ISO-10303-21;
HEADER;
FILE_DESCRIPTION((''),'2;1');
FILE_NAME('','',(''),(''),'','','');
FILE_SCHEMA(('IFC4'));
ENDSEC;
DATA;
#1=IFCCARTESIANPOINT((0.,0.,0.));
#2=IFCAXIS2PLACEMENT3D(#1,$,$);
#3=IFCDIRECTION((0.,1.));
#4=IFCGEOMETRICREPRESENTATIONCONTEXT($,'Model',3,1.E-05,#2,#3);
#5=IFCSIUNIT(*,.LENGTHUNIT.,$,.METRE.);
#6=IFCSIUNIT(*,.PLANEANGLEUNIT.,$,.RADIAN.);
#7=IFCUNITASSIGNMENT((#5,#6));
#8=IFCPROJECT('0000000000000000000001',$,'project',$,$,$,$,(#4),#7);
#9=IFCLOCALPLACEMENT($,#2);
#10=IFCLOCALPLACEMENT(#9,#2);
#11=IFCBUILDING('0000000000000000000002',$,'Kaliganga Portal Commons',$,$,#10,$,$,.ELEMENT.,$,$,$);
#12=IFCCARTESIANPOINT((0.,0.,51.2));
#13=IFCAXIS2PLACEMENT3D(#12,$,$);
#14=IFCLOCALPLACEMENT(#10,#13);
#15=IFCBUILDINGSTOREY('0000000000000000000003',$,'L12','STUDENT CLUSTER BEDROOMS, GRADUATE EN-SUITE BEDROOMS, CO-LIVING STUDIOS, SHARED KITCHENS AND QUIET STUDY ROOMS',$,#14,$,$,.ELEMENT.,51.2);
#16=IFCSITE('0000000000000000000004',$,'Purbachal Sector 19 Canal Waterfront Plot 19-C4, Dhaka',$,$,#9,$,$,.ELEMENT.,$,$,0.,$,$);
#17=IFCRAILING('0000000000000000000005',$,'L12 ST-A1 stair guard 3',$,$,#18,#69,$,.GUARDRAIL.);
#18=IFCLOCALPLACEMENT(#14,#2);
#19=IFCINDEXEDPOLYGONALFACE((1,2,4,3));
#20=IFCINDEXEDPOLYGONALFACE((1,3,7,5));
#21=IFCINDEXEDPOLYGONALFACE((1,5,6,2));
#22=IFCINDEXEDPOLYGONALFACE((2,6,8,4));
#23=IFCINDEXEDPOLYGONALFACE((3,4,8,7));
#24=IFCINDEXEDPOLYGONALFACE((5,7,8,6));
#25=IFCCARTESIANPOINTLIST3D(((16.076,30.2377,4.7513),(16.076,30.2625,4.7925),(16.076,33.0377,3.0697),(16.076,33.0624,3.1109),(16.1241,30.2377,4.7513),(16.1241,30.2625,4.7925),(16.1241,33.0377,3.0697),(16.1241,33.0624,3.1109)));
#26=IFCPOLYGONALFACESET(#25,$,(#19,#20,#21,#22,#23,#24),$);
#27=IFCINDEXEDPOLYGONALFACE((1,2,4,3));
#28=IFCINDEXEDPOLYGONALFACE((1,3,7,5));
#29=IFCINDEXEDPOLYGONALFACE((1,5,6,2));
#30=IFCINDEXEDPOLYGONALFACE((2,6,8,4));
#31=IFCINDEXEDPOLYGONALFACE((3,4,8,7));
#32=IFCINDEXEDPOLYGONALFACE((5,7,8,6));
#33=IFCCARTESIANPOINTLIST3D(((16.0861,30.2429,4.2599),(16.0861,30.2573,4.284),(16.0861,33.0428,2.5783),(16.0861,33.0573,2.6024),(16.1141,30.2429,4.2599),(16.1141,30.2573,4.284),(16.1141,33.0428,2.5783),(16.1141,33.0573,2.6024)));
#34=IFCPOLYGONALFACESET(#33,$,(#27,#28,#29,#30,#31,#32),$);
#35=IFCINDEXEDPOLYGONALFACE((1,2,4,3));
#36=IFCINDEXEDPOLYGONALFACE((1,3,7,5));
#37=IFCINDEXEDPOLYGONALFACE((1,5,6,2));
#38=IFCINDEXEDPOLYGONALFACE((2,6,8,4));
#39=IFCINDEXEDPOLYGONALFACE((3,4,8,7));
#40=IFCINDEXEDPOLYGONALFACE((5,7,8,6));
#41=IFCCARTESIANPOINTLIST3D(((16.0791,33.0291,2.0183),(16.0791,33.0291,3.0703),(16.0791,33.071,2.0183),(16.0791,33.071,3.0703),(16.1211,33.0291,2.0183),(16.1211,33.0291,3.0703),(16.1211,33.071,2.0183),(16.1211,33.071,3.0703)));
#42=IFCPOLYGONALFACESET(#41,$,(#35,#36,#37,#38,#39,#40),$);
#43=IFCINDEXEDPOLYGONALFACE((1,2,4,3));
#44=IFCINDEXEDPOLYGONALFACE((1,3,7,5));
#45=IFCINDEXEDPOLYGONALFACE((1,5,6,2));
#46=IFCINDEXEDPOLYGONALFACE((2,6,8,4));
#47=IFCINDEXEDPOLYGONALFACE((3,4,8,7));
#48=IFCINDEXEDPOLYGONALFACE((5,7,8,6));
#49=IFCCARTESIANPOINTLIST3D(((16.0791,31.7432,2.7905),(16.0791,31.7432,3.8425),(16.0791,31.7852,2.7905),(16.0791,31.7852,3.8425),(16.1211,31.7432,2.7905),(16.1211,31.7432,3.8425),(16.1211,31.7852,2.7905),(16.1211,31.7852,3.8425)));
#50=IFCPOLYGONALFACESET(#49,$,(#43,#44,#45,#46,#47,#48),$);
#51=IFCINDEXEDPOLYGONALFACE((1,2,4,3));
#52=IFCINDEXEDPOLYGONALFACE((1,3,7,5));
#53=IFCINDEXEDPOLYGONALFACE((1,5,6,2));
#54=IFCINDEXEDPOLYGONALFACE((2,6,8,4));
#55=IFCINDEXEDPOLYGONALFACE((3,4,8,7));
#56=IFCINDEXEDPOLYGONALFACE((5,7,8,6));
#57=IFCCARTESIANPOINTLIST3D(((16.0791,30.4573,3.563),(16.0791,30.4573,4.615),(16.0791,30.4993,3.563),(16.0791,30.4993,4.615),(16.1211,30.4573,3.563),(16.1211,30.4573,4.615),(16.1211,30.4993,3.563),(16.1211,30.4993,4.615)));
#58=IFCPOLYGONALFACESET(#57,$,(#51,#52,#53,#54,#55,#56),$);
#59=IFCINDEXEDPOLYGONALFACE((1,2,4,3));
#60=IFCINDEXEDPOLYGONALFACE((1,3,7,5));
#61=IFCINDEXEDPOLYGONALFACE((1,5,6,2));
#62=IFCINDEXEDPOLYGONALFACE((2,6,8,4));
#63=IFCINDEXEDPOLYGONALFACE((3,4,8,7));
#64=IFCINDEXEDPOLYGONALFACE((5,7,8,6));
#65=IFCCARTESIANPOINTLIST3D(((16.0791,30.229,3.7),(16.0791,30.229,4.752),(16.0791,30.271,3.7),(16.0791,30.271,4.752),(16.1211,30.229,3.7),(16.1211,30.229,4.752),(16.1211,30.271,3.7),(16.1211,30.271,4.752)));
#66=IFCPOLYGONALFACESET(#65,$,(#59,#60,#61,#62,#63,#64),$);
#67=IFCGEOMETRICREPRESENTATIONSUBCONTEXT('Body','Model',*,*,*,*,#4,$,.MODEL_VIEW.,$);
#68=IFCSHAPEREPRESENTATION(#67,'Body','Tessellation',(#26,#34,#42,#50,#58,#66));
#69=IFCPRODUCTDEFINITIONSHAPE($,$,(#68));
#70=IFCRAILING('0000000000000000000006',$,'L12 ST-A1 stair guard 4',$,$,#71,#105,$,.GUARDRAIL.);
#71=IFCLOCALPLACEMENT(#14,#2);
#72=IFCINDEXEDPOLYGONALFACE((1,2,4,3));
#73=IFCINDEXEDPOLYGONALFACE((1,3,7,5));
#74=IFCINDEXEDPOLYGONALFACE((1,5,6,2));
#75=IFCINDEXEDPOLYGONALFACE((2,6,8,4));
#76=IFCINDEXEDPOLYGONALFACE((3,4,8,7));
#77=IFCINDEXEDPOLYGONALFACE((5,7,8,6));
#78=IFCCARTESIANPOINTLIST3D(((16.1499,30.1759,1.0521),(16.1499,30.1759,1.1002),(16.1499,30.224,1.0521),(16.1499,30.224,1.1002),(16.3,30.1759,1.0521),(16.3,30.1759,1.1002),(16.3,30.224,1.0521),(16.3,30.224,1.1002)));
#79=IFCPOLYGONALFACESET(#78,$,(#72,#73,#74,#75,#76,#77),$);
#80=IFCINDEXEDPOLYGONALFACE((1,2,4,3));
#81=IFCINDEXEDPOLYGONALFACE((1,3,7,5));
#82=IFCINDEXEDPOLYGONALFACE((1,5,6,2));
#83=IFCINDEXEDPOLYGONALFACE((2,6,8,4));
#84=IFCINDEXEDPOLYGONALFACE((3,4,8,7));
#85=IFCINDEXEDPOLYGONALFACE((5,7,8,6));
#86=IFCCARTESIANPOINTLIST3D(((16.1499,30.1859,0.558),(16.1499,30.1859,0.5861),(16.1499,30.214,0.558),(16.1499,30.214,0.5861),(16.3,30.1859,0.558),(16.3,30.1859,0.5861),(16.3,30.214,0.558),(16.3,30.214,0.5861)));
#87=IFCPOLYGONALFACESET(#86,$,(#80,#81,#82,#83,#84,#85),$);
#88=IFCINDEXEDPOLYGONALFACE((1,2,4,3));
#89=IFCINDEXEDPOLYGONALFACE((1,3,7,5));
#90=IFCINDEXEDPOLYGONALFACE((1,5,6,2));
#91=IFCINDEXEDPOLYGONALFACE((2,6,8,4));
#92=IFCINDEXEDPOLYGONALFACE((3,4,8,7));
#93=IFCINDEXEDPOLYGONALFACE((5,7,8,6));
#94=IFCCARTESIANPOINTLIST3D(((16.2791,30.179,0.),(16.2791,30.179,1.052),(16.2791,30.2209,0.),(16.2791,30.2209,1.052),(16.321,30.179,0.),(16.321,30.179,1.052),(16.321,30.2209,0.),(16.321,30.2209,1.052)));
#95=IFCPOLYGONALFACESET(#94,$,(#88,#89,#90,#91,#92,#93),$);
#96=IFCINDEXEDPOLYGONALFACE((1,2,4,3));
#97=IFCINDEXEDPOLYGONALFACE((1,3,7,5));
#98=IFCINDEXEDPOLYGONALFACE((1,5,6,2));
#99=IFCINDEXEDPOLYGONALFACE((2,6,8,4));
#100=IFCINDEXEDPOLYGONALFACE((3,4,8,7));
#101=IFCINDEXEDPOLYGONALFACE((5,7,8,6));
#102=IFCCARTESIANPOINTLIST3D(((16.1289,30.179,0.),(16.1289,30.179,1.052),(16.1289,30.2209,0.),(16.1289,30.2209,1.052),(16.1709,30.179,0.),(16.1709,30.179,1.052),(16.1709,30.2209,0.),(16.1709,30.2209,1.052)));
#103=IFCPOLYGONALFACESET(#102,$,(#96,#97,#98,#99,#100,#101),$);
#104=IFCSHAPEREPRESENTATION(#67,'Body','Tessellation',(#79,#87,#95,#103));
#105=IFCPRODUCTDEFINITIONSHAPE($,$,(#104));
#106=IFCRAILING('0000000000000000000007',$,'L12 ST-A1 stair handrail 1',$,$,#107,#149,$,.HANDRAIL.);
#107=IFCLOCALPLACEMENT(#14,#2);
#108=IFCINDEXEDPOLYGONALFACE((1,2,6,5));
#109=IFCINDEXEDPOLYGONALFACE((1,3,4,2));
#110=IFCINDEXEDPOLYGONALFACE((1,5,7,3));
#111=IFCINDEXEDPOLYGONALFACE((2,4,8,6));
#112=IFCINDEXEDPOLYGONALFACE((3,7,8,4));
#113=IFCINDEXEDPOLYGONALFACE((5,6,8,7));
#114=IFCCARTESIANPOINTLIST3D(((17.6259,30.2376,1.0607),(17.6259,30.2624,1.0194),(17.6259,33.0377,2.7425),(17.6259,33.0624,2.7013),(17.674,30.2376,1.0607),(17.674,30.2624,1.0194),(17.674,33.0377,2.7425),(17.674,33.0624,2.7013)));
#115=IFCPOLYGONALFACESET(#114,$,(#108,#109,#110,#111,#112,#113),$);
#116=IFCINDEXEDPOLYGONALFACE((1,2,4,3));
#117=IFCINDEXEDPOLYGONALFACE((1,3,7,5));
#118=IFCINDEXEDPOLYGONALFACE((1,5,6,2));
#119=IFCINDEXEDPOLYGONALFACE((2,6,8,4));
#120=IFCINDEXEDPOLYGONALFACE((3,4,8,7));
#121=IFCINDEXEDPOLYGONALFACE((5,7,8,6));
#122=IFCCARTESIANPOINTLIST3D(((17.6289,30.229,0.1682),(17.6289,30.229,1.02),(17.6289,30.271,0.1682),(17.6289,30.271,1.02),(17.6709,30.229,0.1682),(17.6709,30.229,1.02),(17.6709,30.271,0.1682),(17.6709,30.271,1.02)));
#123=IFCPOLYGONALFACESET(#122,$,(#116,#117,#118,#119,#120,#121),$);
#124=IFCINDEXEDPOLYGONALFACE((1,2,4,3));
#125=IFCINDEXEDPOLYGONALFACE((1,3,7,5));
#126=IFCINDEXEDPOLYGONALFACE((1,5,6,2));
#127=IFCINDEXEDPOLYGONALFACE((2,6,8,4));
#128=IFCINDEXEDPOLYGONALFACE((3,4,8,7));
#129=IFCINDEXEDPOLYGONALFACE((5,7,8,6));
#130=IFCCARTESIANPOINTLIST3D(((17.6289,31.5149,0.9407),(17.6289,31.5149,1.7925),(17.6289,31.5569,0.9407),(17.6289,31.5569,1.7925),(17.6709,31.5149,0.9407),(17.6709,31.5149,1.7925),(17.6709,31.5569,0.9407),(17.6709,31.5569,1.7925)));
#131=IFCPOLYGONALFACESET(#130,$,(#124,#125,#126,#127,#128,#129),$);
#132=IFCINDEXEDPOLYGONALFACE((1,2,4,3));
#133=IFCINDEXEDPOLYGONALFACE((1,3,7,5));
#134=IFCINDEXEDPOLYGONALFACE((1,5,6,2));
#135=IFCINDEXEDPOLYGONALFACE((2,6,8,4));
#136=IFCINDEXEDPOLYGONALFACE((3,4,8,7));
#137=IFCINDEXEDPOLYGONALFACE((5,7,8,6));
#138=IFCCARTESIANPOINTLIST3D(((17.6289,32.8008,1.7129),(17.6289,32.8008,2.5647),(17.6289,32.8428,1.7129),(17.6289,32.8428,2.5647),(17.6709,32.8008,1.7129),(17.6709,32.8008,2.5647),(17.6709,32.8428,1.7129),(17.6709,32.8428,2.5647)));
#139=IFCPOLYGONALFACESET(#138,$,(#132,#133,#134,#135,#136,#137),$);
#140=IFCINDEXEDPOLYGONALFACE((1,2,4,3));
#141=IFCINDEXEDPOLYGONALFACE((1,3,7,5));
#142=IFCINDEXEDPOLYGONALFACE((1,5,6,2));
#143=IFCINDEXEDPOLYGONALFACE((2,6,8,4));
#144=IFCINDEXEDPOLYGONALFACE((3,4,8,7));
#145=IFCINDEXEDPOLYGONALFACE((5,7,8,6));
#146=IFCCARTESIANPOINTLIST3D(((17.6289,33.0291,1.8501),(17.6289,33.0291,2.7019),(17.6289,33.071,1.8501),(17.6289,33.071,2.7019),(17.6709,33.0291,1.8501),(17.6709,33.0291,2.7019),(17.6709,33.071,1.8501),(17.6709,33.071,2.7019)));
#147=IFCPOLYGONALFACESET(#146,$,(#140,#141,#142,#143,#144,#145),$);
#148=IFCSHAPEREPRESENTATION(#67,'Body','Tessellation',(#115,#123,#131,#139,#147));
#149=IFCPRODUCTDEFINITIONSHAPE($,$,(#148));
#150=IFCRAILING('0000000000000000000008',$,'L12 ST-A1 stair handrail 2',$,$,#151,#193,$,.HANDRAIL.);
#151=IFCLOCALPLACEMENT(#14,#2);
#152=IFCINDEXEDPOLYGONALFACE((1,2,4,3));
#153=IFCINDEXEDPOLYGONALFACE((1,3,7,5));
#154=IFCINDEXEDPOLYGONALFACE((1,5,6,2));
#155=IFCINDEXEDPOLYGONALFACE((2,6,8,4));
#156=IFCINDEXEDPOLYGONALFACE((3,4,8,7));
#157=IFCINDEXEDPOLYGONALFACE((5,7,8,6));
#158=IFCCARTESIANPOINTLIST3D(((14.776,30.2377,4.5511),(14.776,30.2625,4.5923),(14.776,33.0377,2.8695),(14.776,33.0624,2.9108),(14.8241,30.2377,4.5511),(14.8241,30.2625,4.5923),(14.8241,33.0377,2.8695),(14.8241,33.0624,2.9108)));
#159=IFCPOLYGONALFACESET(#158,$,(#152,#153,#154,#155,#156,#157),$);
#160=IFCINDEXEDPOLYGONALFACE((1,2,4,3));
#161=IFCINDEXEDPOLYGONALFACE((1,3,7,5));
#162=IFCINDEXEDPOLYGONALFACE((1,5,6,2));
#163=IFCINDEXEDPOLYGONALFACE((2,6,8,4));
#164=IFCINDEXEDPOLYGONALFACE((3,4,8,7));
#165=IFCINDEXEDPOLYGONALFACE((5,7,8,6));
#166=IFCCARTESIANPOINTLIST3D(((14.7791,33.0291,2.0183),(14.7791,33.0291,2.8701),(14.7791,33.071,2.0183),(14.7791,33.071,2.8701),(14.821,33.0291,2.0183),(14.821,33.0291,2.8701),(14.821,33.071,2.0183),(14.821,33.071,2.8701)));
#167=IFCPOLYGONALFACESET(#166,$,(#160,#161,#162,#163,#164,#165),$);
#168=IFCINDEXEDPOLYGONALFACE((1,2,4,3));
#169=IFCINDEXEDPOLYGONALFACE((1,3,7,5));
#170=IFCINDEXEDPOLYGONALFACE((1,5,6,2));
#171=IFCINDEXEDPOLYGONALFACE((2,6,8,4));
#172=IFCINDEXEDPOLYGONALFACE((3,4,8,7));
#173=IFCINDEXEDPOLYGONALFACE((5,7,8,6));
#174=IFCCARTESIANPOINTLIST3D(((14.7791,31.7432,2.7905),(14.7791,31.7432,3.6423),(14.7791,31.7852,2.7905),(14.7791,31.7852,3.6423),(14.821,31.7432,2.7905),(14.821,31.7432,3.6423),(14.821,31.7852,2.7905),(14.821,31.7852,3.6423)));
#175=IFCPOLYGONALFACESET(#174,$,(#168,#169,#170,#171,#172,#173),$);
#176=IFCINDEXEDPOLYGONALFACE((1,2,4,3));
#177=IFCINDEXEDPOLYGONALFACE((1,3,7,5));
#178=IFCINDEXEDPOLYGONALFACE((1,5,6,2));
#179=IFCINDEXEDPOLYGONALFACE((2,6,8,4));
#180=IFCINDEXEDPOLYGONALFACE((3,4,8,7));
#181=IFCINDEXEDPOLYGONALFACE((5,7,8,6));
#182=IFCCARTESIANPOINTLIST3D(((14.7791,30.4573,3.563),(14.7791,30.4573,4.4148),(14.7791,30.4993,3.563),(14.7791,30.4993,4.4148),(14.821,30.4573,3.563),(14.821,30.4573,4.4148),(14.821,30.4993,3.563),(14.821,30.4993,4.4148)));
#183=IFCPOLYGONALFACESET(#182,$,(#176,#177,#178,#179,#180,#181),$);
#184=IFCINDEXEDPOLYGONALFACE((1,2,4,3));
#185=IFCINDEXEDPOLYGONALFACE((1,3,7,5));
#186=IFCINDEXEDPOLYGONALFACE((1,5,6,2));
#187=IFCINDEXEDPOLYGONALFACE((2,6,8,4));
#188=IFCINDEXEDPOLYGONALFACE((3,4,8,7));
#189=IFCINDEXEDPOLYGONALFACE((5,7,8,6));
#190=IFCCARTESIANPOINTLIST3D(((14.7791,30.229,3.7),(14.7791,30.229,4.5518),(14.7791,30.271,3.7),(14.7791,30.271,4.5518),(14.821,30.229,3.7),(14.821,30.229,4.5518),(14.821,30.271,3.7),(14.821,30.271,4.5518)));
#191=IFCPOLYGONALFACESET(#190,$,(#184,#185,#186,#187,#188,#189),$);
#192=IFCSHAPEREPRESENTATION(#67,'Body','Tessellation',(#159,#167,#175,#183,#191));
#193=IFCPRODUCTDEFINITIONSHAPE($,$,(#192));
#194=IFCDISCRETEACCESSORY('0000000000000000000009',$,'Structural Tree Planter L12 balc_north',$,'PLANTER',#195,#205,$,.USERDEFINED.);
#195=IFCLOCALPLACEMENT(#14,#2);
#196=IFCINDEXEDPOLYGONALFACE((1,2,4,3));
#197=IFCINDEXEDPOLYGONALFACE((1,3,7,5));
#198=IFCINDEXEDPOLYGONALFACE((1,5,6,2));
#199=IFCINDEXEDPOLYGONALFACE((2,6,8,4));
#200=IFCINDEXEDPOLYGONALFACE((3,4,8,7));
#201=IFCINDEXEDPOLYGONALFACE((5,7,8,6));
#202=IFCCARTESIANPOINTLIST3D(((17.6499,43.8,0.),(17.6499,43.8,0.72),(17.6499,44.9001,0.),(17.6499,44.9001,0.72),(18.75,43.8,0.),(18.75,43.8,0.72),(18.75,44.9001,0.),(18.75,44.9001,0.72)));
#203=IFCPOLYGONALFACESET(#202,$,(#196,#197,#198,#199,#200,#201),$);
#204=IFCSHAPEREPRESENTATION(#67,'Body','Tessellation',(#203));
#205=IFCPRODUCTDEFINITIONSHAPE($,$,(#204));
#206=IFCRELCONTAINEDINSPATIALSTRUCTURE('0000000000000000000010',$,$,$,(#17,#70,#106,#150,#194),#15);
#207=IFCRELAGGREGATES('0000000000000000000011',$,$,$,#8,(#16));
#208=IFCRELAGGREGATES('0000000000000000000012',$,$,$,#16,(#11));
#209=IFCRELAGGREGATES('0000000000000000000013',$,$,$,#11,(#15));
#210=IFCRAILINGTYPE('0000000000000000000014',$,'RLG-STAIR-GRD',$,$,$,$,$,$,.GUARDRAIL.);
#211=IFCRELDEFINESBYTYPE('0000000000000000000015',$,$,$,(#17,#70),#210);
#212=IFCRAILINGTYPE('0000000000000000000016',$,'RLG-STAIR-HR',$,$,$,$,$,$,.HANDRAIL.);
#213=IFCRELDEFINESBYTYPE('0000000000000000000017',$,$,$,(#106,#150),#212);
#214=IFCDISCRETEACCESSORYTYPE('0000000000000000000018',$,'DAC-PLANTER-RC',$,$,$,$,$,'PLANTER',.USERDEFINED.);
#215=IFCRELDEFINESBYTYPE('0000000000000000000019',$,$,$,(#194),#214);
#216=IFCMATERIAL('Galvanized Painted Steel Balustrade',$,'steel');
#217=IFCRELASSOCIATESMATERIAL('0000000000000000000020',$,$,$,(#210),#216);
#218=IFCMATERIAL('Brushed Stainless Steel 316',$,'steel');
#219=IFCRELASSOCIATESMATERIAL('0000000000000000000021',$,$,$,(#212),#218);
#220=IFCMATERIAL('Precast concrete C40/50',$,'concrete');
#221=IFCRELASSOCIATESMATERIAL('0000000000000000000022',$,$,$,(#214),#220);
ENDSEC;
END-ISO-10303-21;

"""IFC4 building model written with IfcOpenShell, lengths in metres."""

from ifc_helpers import new_model, si_unit, direction, frame, origin, origin_2d, place, context, subcontext, project, spatial, rectangle, extrude, source, transform, mapped, material, type_object, element, save


model = new_model("IFC4")

# Units and contexts
model_context = context("Model", 3, precision=1e-05, world=origin(), true_north=direction((0.0, 1.0)))
body_context = subcontext(model_context, "Body", "Model", "MODEL_VIEW")
ifc_project = project(units=[si_unit("LENGTHUNIT", "METRE"), si_unit("PLANEANGLEUNIT", "RADIAN")], contexts=[model_context])

# Site, building, storey
site_placement = place(None, origin())
site = spatial("IfcSite", under=ifc_project, at=site_placement, Name="Purbachal Sector 19 Canal Waterfront Plot 19-C4, Dhaka", CompositionType="ELEMENT", RefElevation=0.0)
building_placement = place(site_placement, origin())
building = spatial("IfcBuilding", under=site, at=building_placement, Name="Kaliganga Portal Commons", CompositionType="ELEMENT")
storey_placement = place(building_placement, frame((0.0, 0.0, 51.2)))
storey = spatial("IfcBuildingStorey", under=building, at=storey_placement, Name="L12", Description="STUDENT CLUSTER BEDROOMS, GRADUATE EN-SUITE BEDROOMS, CO-LIVING STUDIOS, SHARED KITCHENS AND QUIET STUDY ROOMS", CompositionType="ELEMENT", Elevation=51.2)

# Railings
ifc_material_1 = material(Name="Galvanized Painted Steel Balustrade", Category="steel")
railing_type_1 = type_object("IfcRailingType", Name="RLG-STAIR-GRD", PredefinedType="GUARDRAIL", material=ifc_material_1)
railing_1_placement = place(storey_placement, frame((16.1001, 33.05, 2.0183)))
element("IfcRailing", 1, at=railing_1_placement, inside=storey, type_object=railing_type_1, Name="L12 ST-A1 stair guard 3", PredefinedType="GUARDRAIL", context=body_context, shape_type="SweptSolid", body=[
    extrude(rectangle(XDim=0.0481, YDim=0.0481, at=origin_2d()), frame((0.0, 0.0, 1.072), z_axis=(0.0, -0.857275, 0.514858), x_axis=(1.0, 0.0, 0.0)), (0.0, 0.0, 1.0), 3.2661),
    extrude(rectangle(XDim=0.0281, YDim=0.0281, at=origin_2d()), frame((0.0, 0.0, 0.572), z_axis=(0.0, -0.857275, 0.514858), x_axis=(1.0, 0.0, 0.0)), (0.0, 0.0, 1.0), 3.2661),
    extrude(rectangle(XDim=0.042, YDim=0.042, at=origin_2d()), origin(), (0.0, 0.0, 1.0), 1.052),
    extrude(rectangle(XDim=0.042, YDim=0.042, at=origin_2d()), frame((0.0, -1.2859, 0.7722)), (0.0, 0.0, 1.0), 1.052),
    extrude(rectangle(XDim=0.042, YDim=0.042, at=origin_2d()), frame((0.0, -2.5718, 1.5447)), (0.0, 0.0, 1.0), 1.052),
    extrude(rectangle(XDim=0.042, YDim=0.042, at=origin_2d()), frame((0.0, -2.8, 1.6816)), (0.0, 0.0, 1.0), 1.052),
])
railing_2_placement = place(storey_placement, frame((16.3, 30.2, 0.0)))
element("IfcRailing", 2, at=railing_2_placement, inside=storey, type_object=railing_type_1, Name="L12 ST-A1 stair guard 4", PredefinedType="GUARDRAIL", context=body_context, shape_type="SweptSolid", body=[
    extrude(rectangle(XDim=0.0481, YDim=0.0481, at=origin_2d()), frame((0.0, 0.0, 1.0762), z_axis=(-1.0, 0.0, 0.0), x_axis=(0.0, -1.0, 0.0)), (0.0, 0.0, 1.0), 0.1501),
    extrude(rectangle(XDim=0.0281, YDim=0.0281, at=origin_2d()), frame((0.0, 0.0, 0.572), z_axis=(-1.0, 0.0, 0.0), x_axis=(0.0, -1.0, 0.0)), (0.0, 0.0, 1.0), 0.1501),
    extrude(rectangle(XDim=0.042, YDim=0.042, at=origin_2d()), origin(), (0.0, 0.0, 1.0), 1.052),
    extrude(rectangle(XDim=0.042, YDim=0.042, at=origin_2d()), frame((-0.1501, 0.0, 0.0)), (0.0, 0.0, 1.0), 1.052),
])
ifc_material_2 = material(Name="Brushed Stainless Steel 316", Category="steel")
railing_type_2 = type_object("IfcRailingType", Name="RLG-STAIR-HR", PredefinedType="HANDRAIL", material=ifc_material_2)
railing_3_placement = place(storey_placement, frame((17.6499, 30.25, 0.1682)))
element("IfcRailing", 3, at=railing_3_placement, inside=storey, type_object=railing_type_2, Name="L12 ST-A1 stair handrail 1", PredefinedType="HANDRAIL", context=body_context, shape_type="SweptSolid", body=[
    extrude(rectangle(XDim=0.0481, YDim=0.0481, at=origin_2d()), frame((0.0, 0.0, 0.8718), z_axis=(0.0, 0.857242, 0.514913), x_axis=(-1.0, 0.0, 0.0)), (0.0, 0.0, 1.0), 3.2664),
    extrude(rectangle(XDim=0.042, YDim=0.042, at=origin_2d()), origin(), (0.0, 0.0, 1.0), 0.8518),
    extrude(rectangle(XDim=0.042, YDim=0.042, at=origin_2d()), frame((0.0, 1.2859, 0.7725)), (0.0, 0.0, 1.0), 0.8518),
    extrude(rectangle(XDim=0.042, YDim=0.042, at=origin_2d()), frame((0.0, 2.5718, 1.5447)), (0.0, 0.0, 1.0), 0.8518),
    extrude(rectangle(XDim=0.042, YDim=0.042, at=origin_2d()), frame((0.0, 2.8, 1.6819)), (0.0, 0.0, 1.0), 0.8518),
])
railing_4_placement = place(storey_placement, frame((14.8, 33.05, 2.0183)))
element("IfcRailing", 4, at=railing_4_placement, inside=storey, type_object=railing_type_2, Name="L12 ST-A1 stair handrail 2", PredefinedType="HANDRAIL", context=body_context, shape_type="SweptSolid", body=[
    extrude(rectangle(XDim=0.0481, YDim=0.0481, at=origin_2d()), frame((0.0, 0.0, 0.8718), z_axis=(0.0, -0.857275, 0.514858), x_axis=(1.0, 0.0, 0.0)), (0.0, 0.0, 1.0), 3.2661),
    extrude(rectangle(XDim=0.042, YDim=0.042, at=origin_2d()), origin(), (0.0, 0.0, 1.0), 0.8518),
    extrude(rectangle(XDim=0.042, YDim=0.042, at=origin_2d()), frame((0.0, -1.2859, 0.7722)), (0.0, 0.0, 1.0), 0.8518),
    extrude(rectangle(XDim=0.042, YDim=0.042, at=origin_2d()), frame((0.0, -2.5718, 1.5447)), (0.0, 0.0, 1.0), 0.8518),
    extrude(rectangle(XDim=0.042, YDim=0.042, at=origin_2d()), frame((0.0, -2.8, 1.6816)), (0.0, 0.0, 1.0), 0.8518),
])

# Discrete accessory
ifc_material_3 = material(Name="Precast concrete C40/50", Category="concrete")
discrete_accessory_type = type_object("IfcDiscreteAccessoryType", Name="DAC-PLANTER-RC", ElementType="PLANTER", PredefinedType="USERDEFINED", material=ifc_material_3)
shared_shape_1 = source(origin(), body_context, "Body", "SweptSolid", [
    extrude(rectangle(XDim=1.1001, YDim=1.1001, at=origin_2d()), origin(), (0.0, 0.0, 1.0), 0.72),
])
discrete_accessory_placement = place(storey_placement, frame((18.2, 44.3501, 0.0), z_axis=(0.0, 0.0, 1.0), x_axis=(1.0, 0.0, 0.0)))
element("IfcDiscreteAccessory", 5, at=discrete_accessory_placement, inside=storey, type_object=discrete_accessory_type, Name="Structural Tree Planter L12 balc_north", ObjectType="PLANTER", PredefinedType="USERDEFINED", context=body_context, shape_type="MappedRepresentation", body=[
    mapped(shared_shape_1, transform((0.0, 0.0, 0.0), x_axis=(1.0, 0.0, 0.0), y_axis=(0.0, 1.0, 0.0), z_axis=(0.0, 0.0, 1.0), scale=1.0)),
])

save(model, "model.ifc")
